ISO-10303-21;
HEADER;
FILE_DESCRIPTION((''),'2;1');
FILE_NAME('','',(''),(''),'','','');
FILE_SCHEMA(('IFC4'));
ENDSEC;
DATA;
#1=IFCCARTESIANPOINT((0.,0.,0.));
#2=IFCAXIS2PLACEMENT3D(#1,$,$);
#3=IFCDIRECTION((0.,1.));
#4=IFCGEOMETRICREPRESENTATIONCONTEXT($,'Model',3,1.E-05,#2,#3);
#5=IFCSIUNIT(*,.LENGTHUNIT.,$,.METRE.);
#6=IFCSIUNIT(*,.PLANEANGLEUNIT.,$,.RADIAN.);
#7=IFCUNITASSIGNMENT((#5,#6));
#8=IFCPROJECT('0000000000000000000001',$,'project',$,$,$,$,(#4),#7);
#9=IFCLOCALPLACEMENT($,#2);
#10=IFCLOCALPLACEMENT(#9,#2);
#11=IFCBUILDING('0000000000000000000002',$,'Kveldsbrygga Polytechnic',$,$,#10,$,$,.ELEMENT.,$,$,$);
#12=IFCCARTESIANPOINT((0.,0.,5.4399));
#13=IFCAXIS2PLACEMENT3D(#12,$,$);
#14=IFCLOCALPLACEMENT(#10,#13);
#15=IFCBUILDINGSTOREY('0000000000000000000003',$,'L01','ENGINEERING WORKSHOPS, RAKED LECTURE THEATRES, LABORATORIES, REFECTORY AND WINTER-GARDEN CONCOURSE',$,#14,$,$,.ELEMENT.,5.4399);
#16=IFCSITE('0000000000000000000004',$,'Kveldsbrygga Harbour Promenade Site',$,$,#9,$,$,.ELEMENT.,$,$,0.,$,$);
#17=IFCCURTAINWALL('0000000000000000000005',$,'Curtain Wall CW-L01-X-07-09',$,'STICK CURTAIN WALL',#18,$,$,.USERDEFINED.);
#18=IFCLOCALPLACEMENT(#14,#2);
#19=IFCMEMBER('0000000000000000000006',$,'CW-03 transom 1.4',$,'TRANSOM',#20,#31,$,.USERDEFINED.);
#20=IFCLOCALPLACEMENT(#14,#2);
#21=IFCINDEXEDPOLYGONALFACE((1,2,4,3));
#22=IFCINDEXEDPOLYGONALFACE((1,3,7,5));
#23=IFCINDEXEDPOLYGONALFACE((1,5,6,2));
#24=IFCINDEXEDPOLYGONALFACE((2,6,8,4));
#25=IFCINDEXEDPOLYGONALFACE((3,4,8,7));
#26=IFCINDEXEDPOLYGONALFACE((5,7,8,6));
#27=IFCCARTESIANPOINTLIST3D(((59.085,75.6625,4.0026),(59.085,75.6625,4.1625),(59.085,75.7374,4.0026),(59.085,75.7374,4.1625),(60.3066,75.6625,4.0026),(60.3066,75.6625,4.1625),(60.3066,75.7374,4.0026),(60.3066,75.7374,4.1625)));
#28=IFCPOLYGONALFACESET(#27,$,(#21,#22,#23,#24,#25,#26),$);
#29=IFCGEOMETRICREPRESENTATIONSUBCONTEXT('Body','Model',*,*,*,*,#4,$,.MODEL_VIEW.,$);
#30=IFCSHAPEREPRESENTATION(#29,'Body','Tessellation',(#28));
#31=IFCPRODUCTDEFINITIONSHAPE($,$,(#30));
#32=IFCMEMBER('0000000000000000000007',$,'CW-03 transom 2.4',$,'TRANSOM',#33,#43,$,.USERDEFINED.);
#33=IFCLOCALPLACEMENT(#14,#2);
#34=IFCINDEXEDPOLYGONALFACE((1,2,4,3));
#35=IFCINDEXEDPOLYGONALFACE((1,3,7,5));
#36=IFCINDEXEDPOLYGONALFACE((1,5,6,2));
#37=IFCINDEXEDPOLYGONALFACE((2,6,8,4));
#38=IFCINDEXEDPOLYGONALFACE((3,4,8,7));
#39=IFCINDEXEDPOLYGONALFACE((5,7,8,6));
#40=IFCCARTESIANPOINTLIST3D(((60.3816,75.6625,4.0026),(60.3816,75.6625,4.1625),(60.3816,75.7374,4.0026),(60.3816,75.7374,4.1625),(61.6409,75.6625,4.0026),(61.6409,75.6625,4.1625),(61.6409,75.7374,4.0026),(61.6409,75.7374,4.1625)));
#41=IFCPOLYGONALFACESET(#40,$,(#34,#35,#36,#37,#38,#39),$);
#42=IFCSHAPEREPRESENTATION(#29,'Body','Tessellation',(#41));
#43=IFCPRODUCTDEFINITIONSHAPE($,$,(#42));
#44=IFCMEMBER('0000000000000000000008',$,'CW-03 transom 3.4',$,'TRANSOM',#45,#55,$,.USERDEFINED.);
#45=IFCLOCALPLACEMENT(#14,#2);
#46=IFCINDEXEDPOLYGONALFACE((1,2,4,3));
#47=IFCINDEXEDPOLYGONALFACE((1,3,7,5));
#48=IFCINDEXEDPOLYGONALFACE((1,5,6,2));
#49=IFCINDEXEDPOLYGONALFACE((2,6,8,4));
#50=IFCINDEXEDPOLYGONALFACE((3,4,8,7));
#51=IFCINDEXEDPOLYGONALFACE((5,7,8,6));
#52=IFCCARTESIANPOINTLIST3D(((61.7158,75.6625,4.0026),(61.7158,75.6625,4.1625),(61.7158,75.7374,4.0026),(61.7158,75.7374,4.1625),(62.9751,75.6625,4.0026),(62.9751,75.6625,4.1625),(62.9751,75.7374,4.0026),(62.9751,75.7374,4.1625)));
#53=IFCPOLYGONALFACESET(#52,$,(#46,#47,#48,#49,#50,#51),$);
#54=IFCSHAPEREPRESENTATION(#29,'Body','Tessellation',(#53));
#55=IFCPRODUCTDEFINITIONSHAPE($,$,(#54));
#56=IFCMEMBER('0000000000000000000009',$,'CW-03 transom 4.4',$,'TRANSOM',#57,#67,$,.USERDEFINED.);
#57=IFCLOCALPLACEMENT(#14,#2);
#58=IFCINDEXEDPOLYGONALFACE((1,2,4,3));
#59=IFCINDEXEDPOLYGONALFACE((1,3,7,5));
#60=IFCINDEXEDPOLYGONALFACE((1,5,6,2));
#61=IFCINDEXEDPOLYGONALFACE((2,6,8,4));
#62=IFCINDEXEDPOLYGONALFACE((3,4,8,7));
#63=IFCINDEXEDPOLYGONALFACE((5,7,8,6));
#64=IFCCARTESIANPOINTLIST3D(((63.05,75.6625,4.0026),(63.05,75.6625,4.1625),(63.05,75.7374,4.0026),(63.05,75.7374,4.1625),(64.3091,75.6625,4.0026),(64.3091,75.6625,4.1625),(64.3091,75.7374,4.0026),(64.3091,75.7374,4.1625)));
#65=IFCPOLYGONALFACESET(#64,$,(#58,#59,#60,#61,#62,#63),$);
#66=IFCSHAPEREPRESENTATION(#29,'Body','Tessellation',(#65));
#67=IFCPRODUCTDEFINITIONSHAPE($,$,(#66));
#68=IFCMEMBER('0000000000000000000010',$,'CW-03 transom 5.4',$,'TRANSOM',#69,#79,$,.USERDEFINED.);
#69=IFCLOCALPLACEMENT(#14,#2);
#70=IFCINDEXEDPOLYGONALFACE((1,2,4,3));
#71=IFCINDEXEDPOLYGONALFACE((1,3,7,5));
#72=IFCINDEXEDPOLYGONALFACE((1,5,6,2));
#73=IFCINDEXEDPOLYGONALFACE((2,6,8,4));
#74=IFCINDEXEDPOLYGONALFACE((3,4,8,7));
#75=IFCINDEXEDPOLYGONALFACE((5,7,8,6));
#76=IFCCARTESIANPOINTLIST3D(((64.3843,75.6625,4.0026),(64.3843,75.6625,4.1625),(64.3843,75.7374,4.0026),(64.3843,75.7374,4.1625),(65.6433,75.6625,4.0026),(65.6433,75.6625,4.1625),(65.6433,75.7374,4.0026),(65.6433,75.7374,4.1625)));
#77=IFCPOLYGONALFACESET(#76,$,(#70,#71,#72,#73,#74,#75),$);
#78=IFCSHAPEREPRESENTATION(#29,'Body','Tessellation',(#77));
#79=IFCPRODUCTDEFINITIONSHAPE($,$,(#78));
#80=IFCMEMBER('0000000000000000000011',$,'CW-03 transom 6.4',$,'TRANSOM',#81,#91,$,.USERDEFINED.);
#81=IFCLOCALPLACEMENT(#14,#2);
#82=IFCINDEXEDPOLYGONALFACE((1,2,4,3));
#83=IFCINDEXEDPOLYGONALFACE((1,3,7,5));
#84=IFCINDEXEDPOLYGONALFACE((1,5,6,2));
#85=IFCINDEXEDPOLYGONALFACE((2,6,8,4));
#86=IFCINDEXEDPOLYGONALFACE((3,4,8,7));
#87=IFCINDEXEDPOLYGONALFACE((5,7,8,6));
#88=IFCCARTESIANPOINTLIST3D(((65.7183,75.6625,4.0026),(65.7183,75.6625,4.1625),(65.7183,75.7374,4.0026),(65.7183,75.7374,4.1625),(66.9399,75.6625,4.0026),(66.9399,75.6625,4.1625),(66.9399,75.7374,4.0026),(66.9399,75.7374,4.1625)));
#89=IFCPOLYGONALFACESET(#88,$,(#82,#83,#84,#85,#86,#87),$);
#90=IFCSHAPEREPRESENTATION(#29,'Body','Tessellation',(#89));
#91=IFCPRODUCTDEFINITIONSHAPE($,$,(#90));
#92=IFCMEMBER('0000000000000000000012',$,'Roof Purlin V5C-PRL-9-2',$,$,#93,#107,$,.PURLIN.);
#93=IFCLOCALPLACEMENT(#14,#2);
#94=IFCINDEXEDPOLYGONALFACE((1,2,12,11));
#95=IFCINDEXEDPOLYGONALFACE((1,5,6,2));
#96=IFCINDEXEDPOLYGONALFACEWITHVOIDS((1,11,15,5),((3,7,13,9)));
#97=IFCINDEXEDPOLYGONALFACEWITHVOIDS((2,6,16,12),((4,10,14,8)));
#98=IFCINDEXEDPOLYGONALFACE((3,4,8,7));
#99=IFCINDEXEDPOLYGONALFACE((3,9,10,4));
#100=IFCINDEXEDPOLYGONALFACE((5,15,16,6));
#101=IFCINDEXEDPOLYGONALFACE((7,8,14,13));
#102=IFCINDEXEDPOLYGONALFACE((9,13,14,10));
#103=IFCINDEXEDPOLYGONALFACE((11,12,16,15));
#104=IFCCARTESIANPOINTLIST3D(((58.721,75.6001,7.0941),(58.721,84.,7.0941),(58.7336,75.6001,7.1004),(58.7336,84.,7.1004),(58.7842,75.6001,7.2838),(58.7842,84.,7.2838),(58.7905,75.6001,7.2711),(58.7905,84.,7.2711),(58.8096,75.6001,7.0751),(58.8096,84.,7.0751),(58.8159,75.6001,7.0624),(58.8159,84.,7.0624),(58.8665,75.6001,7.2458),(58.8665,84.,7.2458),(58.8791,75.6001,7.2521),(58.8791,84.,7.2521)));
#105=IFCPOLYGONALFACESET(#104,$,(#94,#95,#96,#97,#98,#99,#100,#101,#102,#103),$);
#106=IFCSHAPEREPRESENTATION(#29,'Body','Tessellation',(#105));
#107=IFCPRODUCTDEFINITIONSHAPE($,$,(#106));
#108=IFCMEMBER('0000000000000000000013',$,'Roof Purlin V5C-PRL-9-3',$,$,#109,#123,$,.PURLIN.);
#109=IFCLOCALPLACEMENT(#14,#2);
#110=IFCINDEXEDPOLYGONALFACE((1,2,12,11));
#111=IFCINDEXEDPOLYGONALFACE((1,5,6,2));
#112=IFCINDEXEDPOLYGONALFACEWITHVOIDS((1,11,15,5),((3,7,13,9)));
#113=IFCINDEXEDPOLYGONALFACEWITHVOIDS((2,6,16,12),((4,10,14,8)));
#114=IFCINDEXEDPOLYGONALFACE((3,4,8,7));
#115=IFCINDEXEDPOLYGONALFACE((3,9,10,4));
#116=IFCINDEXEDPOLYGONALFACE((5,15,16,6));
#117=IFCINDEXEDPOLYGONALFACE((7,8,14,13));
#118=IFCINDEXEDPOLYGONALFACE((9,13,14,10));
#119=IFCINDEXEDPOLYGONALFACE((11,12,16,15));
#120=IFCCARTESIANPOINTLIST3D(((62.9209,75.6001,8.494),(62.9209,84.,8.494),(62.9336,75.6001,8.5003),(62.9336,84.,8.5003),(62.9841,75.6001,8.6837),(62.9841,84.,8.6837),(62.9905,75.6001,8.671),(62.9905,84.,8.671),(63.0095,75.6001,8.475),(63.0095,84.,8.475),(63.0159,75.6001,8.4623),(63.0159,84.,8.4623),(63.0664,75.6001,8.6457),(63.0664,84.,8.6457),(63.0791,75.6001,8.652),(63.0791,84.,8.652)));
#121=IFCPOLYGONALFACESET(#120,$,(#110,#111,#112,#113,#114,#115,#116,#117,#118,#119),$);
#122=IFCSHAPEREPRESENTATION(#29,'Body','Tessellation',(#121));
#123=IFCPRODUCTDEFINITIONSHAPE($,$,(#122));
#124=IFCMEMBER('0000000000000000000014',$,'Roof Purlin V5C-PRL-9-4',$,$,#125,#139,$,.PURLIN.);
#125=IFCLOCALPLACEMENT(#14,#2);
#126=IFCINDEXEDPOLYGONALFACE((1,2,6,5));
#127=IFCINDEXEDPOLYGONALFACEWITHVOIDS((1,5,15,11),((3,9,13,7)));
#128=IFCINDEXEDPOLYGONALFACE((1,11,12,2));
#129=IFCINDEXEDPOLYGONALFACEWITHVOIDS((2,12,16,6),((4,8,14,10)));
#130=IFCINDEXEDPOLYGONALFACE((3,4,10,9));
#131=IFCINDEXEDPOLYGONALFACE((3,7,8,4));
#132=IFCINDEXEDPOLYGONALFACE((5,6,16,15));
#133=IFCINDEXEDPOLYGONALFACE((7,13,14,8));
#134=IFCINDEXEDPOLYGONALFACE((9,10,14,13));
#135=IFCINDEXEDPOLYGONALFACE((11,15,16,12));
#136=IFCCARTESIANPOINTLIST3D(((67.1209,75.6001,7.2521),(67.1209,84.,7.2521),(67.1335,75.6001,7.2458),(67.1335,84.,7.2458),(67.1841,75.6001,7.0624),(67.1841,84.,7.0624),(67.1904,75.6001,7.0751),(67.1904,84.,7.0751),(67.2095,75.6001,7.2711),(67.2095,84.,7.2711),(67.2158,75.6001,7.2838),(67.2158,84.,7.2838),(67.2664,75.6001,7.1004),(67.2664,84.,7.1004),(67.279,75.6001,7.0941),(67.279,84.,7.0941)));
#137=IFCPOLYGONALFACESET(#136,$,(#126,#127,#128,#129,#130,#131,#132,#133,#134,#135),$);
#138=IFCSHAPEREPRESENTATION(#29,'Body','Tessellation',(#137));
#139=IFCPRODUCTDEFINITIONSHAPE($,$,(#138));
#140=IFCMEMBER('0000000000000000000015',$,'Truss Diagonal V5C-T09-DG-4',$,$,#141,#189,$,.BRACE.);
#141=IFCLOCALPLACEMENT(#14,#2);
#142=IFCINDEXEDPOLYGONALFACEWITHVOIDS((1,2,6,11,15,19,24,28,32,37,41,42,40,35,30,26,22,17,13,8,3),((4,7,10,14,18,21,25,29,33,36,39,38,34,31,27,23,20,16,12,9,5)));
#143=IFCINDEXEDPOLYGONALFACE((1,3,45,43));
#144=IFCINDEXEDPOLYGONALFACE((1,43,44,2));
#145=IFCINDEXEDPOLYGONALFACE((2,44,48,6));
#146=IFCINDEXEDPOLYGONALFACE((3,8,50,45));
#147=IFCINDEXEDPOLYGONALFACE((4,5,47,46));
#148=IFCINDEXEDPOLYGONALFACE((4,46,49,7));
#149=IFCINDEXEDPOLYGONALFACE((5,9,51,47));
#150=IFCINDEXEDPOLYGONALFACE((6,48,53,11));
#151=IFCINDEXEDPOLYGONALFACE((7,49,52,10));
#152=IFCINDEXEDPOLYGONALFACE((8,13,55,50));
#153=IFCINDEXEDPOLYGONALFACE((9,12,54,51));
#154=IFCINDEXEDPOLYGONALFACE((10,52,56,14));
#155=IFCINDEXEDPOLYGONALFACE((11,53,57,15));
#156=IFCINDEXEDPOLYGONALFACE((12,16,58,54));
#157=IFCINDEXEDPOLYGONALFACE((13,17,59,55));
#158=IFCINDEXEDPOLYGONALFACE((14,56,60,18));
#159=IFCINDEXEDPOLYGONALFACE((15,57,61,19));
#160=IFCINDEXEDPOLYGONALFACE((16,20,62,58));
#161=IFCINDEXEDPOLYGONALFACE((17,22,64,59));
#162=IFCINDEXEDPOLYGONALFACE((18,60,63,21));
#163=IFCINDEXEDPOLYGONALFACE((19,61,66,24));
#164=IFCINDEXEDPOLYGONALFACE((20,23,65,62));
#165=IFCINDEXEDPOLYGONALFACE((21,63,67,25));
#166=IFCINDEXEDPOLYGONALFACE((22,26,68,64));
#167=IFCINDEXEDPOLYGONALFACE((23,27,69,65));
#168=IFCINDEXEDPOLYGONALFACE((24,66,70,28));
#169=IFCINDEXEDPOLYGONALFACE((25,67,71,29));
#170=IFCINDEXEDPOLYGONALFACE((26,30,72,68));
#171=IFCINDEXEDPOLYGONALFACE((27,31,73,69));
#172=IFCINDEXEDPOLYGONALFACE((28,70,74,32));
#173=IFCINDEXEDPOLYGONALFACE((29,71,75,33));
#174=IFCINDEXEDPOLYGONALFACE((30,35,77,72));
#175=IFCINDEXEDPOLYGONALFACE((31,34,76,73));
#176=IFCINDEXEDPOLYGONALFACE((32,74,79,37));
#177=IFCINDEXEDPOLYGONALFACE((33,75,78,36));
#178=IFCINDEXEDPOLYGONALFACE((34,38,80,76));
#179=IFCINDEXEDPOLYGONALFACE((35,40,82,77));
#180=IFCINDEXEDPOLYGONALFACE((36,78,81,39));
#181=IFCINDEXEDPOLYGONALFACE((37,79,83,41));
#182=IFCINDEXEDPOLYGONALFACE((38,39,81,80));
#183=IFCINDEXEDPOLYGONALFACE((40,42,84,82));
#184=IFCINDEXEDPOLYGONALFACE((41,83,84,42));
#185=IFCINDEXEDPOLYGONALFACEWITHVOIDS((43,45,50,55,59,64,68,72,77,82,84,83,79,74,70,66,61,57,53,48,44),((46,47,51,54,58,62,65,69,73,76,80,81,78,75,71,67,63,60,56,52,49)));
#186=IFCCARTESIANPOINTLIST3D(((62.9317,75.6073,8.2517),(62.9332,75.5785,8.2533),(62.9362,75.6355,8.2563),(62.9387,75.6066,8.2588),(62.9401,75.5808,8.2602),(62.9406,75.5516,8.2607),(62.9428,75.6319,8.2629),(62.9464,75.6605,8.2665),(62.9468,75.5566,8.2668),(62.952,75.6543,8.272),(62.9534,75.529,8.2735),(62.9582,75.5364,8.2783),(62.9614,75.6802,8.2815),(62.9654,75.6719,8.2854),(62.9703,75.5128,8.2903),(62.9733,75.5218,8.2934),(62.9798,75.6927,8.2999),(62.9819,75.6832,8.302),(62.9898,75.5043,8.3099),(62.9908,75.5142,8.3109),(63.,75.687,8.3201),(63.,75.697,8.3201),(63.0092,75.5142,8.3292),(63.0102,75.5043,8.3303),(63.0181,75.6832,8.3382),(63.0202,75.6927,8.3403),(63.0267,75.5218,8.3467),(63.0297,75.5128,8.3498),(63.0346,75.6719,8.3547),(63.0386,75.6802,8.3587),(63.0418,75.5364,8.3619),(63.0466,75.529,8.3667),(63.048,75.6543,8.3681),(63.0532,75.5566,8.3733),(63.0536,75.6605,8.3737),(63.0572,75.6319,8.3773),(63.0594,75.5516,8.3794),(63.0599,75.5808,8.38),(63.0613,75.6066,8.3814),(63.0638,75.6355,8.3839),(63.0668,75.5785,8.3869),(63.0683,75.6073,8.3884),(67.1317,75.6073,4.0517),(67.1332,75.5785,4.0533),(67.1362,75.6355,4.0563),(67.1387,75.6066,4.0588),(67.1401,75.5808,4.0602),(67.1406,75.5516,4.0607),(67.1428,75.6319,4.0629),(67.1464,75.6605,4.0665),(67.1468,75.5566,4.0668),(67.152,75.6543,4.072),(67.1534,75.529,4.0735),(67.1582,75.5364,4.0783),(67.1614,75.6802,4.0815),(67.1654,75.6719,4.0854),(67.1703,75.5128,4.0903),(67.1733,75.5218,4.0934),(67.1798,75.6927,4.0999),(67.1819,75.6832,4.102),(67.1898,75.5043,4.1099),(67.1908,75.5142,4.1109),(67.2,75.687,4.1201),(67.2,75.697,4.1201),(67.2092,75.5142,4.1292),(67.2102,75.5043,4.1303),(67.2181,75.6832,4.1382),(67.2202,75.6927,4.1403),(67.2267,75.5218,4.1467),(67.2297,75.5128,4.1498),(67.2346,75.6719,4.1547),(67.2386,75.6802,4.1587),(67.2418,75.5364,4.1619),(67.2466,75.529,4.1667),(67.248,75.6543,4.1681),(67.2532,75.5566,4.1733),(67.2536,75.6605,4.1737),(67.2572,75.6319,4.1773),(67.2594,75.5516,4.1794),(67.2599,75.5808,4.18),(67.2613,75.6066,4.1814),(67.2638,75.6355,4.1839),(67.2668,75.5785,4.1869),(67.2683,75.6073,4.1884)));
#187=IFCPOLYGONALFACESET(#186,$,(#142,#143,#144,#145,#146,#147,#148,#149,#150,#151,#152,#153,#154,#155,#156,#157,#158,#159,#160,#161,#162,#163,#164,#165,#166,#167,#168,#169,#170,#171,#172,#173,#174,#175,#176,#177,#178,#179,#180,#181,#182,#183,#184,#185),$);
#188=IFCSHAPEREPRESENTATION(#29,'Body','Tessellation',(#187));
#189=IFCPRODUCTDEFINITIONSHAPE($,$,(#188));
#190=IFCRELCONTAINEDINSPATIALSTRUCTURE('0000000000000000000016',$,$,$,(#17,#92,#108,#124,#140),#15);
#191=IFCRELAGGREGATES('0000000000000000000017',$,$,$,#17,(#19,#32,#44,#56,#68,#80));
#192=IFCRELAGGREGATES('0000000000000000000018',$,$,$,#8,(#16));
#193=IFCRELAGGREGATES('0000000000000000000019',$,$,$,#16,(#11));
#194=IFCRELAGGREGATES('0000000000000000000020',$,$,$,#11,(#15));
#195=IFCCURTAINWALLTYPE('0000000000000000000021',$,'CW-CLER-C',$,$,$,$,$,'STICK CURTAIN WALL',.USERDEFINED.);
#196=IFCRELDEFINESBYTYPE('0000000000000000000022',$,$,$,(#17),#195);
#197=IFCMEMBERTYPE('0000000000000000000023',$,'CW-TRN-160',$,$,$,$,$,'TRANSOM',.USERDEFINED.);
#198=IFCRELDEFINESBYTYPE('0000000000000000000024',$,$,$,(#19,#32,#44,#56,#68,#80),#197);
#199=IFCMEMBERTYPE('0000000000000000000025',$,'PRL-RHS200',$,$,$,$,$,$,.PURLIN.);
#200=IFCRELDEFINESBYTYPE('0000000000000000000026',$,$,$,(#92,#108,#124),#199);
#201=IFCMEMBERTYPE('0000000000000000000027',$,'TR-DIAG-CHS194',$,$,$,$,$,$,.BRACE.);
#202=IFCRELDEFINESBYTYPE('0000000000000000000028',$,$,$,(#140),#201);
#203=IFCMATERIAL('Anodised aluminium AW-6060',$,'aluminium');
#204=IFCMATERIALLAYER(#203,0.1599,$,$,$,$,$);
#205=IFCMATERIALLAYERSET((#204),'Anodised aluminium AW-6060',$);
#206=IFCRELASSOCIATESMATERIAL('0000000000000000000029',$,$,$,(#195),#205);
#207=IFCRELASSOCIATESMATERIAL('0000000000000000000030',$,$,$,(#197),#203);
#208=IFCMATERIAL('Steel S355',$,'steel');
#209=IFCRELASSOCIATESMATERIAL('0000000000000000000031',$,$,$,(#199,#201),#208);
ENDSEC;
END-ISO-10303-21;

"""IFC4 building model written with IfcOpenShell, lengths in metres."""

from ifc_helpers import new_model, si_unit, direction, frame, origin, origin_2d, place, context, subcontext, project, spatial, rectangle, hollow_rectangle, hollow_circle, extrude, material, layer, layer_set, material_profile, profile_set, type_object, element, aggregate, save


model = new_model("IFC4")

# Units and contexts
model_context = context("Model", 3, precision=1e-05, world=origin(), true_north=direction((0.0, 1.0)))
body_context = subcontext(model_context, "Body", "Model", "MODEL_VIEW")
ifc_project = project(units=[si_unit("LENGTHUNIT", "METRE"), si_unit("PLANEANGLEUNIT", "RADIAN")], contexts=[model_context])

# Site, building, storey
site_placement = place(None, origin())
site = spatial("IfcSite", under=ifc_project, at=site_placement, Name="Kveldsbrygga Harbour Promenade Site", CompositionType="ELEMENT", RefElevation=0.0)
building_placement = place(site_placement, origin())
building = spatial("IfcBuilding", under=site, at=building_placement, Name="Kveldsbrygga Polytechnic", CompositionType="ELEMENT")
storey_placement = place(building_placement, frame((0.0, 0.0, 5.4399)))
storey = spatial("IfcBuildingStorey", under=building, at=storey_placement, Name="L01", Description="ENGINEERING WORKSHOPS, RAKED LECTURE THEATRES, LABORATORIES, REFECTORY AND WINTER-GARDEN CONCOURSE", CompositionType="ELEMENT", Elevation=5.4399)

# Curtain wall, members
ifc_material_1 = material(Name="Anodised aluminium AW-6060", Category="aluminium")
ifc_layer_1 = layer(ifc_material_1, 0.1599)
ifc_layer_set_1 = layer_set([ifc_layer_1], Name="Anodised aluminium AW-6060")
curtain_wall_type = type_object("IfcCurtainWallType", Name="CW-CLER-C", ElementType="STICK CURTAIN WALL", PredefinedType="USERDEFINED", material=ifc_layer_set_1)
curtain_wall_placement = place(storey_placement, origin())
curtain_wall = element("IfcCurtainWall", 1, at=curtain_wall_placement, inside=storey, type_object=curtain_wall_type, Name="Curtain Wall CW-L01-X-07-09", ObjectType="STICK CURTAIN WALL", PredefinedType="USERDEFINED")
ifc_material_profile_1 = material_profile(ifc_material_1, rectangle(XDim=0.075, YDim=0.1599, at=origin_2d()), Name="ALU 75x160")
ifc_profile_set_1 = profile_set([ifc_material_profile_1], Name="Anodised aluminium AW-6060")
member_type_1 = type_object("IfcMemberType", Name="CW-TRN-160", ElementType="TRANSOM", PredefinedType="USERDEFINED", material=ifc_profile_set_1)
member_1_placement = place(storey_placement, frame((59.085, 75.7, 4.0825), z_axis=(1.0, 0.0, 0.0), x_axis=(0.0, 1.0, 0.0)))
member_1 = element("IfcMember", 2, at=member_1_placement, type_object=member_type_1, Name="CW-03 transom 1.4", ObjectType="TRANSOM", PredefinedType="USERDEFINED", context=body_context, shape_type="SweptSolid", body=[
    extrude(rectangle(XDim=0.075, YDim=0.1599, at=origin_2d()), origin(), (0.0, 0.0, 1.0), 1.2217),
])
member_2_placement = place(storey_placement, frame((60.3816, 75.7, 4.0825), z_axis=(1.0, 0.0, 0.0), x_axis=(0.0, 1.0, 0.0)))
member_2 = element("IfcMember", 3, at=member_2_placement, type_object=member_type_1, Name="CW-03 transom 2.4", ObjectType="TRANSOM", PredefinedType="USERDEFINED", context=body_context, shape_type="SweptSolid", body=[
    extrude(rectangle(XDim=0.075, YDim=0.1599, at=origin_2d()), origin(), (0.0, 0.0, 1.0), 1.2593),
])
member_3_placement = place(storey_placement, frame((61.7158, 75.7, 4.0825), z_axis=(1.0, 0.0, 0.0), x_axis=(0.0, 1.0, 0.0)))
member_3 = element("IfcMember", 4, at=member_3_placement, type_object=member_type_1, Name="CW-03 transom 3.4", ObjectType="TRANSOM", PredefinedType="USERDEFINED", context=body_context, shape_type="SweptSolid", body=[
    extrude(rectangle(XDim=0.075, YDim=0.1599, at=origin_2d()), origin(), (0.0, 0.0, 1.0), 1.2593),
])
member_4_placement = place(storey_placement, frame((63.05, 75.7, 4.0825), z_axis=(1.0, 0.0, 0.0), x_axis=(0.0, 1.0, 0.0)))
member_4 = element("IfcMember", 5, at=member_4_placement, type_object=member_type_1, Name="CW-03 transom 4.4", ObjectType="TRANSOM", PredefinedType="USERDEFINED", context=body_context, shape_type="SweptSolid", body=[
    extrude(rectangle(XDim=0.075, YDim=0.1599, at=origin_2d()), origin(), (0.0, 0.0, 1.0), 1.259),
])
member_5_placement = place(storey_placement, frame((64.3843, 75.7, 4.0825), z_axis=(1.0, 0.0, 0.0), x_axis=(0.0, 1.0, 0.0)))
member_5 = element("IfcMember", 6, at=member_5_placement, type_object=member_type_1, Name="CW-03 transom 5.4", ObjectType="TRANSOM", PredefinedType="USERDEFINED", context=body_context, shape_type="SweptSolid", body=[
    extrude(rectangle(XDim=0.075, YDim=0.1599, at=origin_2d()), origin(), (0.0, 0.0, 1.0), 1.259),
])
member_6_placement = place(storey_placement, frame((65.7183, 75.7, 4.0825), z_axis=(1.0, 0.0, 0.0), x_axis=(0.0, 1.0, 0.0)))
member_6 = element("IfcMember", 7, at=member_6_placement, type_object=member_type_1, Name="CW-03 transom 6.4", ObjectType="TRANSOM", PredefinedType="USERDEFINED", context=body_context, shape_type="SweptSolid", body=[
    extrude(rectangle(XDim=0.075, YDim=0.1599, at=origin_2d()), origin(), (0.0, 0.0, 1.0), 1.2217),
])

# Members
ifc_material_2 = material(Name="Steel S355", Category="steel")
ifc_material_profile_2 = material_profile(ifc_material_2, hollow_rectangle(XDim=0.1001, YDim=0.2, WallThickness=0.01, at=origin_2d()), Name="RHS 200x100x10.0")
ifc_profile_set_2 = profile_set([ifc_material_profile_2], Name="Steel S355")
member_type_2 = type_object("IfcMemberType", Name="PRL-RHS200", PredefinedType="PURLIN", material=ifc_profile_set_2)
for number, where, z_axis, x_axis, name in (
    (8, (58.8, 75.6001, 7.1731), (0.0, 1.0, 0.0), (-0.948684, 0.0, 0.316227), "Roof Purlin V5C-PRL-9-2"),
    (9, (63.0, 75.6001, 8.573), (0.0, 1.0, 0.0), (-0.948684, 0.0, 0.316227), "Roof Purlin V5C-PRL-9-3"),
    (10, (67.2, 75.6001, 7.1731), (0.0, 1.0, 0.0), (-0.948684, 0.0, -0.316227), "Roof Purlin V5C-PRL-9-4"),
):
    element("IfcMember", number, at=place(storey_placement, frame(where, z_axis=z_axis, x_axis=x_axis)), inside=storey, type_object=member_type_2, Name=name, PredefinedType="PURLIN", context=body_context, shape_type="SweptSolid", body=[
        extrude(hollow_rectangle(XDim=0.1001, YDim=0.2, WallThickness=0.01, at=origin_2d()), origin(), (0.0, 0.0, 1.0), 8.3999),
    ])
ifc_material_profile_3 = material_profile(ifc_material_2, hollow_circle(Radius=0.0969, WallThickness=0.01, at=origin_2d()), Name="CHS 193.7x10.0")
ifc_profile_set_3 = profile_set([ifc_material_profile_3], Name="Steel S355")
member_type_3 = type_object("IfcMemberType", Name="TR-DIAG-CHS194", PredefinedType="BRACE", material=ifc_profile_set_3)
member_7_placement = place(storey_placement, frame((63.0, 75.6001, 8.3201), z_axis=(0.707107, 0.0, -0.707107), x_axis=(0.0, 1.0, 0.0)))
element("IfcMember", 11, at=member_7_placement, inside=storey, type_object=member_type_3, Name="Truss Diagonal V5C-T09-DG-4", PredefinedType="BRACE", context=body_context, shape_type="SweptSolid", body=[
    extrude(hollow_circle(Radius=0.0969, WallThickness=0.01, at=origin_2d()), origin(), (0.0, 0.0, 1.0), 5.9397),
])

aggregate(curtain_wall, [member_1, member_2, member_3, member_4, member_5, member_6])

save(model, "model.ifc")
